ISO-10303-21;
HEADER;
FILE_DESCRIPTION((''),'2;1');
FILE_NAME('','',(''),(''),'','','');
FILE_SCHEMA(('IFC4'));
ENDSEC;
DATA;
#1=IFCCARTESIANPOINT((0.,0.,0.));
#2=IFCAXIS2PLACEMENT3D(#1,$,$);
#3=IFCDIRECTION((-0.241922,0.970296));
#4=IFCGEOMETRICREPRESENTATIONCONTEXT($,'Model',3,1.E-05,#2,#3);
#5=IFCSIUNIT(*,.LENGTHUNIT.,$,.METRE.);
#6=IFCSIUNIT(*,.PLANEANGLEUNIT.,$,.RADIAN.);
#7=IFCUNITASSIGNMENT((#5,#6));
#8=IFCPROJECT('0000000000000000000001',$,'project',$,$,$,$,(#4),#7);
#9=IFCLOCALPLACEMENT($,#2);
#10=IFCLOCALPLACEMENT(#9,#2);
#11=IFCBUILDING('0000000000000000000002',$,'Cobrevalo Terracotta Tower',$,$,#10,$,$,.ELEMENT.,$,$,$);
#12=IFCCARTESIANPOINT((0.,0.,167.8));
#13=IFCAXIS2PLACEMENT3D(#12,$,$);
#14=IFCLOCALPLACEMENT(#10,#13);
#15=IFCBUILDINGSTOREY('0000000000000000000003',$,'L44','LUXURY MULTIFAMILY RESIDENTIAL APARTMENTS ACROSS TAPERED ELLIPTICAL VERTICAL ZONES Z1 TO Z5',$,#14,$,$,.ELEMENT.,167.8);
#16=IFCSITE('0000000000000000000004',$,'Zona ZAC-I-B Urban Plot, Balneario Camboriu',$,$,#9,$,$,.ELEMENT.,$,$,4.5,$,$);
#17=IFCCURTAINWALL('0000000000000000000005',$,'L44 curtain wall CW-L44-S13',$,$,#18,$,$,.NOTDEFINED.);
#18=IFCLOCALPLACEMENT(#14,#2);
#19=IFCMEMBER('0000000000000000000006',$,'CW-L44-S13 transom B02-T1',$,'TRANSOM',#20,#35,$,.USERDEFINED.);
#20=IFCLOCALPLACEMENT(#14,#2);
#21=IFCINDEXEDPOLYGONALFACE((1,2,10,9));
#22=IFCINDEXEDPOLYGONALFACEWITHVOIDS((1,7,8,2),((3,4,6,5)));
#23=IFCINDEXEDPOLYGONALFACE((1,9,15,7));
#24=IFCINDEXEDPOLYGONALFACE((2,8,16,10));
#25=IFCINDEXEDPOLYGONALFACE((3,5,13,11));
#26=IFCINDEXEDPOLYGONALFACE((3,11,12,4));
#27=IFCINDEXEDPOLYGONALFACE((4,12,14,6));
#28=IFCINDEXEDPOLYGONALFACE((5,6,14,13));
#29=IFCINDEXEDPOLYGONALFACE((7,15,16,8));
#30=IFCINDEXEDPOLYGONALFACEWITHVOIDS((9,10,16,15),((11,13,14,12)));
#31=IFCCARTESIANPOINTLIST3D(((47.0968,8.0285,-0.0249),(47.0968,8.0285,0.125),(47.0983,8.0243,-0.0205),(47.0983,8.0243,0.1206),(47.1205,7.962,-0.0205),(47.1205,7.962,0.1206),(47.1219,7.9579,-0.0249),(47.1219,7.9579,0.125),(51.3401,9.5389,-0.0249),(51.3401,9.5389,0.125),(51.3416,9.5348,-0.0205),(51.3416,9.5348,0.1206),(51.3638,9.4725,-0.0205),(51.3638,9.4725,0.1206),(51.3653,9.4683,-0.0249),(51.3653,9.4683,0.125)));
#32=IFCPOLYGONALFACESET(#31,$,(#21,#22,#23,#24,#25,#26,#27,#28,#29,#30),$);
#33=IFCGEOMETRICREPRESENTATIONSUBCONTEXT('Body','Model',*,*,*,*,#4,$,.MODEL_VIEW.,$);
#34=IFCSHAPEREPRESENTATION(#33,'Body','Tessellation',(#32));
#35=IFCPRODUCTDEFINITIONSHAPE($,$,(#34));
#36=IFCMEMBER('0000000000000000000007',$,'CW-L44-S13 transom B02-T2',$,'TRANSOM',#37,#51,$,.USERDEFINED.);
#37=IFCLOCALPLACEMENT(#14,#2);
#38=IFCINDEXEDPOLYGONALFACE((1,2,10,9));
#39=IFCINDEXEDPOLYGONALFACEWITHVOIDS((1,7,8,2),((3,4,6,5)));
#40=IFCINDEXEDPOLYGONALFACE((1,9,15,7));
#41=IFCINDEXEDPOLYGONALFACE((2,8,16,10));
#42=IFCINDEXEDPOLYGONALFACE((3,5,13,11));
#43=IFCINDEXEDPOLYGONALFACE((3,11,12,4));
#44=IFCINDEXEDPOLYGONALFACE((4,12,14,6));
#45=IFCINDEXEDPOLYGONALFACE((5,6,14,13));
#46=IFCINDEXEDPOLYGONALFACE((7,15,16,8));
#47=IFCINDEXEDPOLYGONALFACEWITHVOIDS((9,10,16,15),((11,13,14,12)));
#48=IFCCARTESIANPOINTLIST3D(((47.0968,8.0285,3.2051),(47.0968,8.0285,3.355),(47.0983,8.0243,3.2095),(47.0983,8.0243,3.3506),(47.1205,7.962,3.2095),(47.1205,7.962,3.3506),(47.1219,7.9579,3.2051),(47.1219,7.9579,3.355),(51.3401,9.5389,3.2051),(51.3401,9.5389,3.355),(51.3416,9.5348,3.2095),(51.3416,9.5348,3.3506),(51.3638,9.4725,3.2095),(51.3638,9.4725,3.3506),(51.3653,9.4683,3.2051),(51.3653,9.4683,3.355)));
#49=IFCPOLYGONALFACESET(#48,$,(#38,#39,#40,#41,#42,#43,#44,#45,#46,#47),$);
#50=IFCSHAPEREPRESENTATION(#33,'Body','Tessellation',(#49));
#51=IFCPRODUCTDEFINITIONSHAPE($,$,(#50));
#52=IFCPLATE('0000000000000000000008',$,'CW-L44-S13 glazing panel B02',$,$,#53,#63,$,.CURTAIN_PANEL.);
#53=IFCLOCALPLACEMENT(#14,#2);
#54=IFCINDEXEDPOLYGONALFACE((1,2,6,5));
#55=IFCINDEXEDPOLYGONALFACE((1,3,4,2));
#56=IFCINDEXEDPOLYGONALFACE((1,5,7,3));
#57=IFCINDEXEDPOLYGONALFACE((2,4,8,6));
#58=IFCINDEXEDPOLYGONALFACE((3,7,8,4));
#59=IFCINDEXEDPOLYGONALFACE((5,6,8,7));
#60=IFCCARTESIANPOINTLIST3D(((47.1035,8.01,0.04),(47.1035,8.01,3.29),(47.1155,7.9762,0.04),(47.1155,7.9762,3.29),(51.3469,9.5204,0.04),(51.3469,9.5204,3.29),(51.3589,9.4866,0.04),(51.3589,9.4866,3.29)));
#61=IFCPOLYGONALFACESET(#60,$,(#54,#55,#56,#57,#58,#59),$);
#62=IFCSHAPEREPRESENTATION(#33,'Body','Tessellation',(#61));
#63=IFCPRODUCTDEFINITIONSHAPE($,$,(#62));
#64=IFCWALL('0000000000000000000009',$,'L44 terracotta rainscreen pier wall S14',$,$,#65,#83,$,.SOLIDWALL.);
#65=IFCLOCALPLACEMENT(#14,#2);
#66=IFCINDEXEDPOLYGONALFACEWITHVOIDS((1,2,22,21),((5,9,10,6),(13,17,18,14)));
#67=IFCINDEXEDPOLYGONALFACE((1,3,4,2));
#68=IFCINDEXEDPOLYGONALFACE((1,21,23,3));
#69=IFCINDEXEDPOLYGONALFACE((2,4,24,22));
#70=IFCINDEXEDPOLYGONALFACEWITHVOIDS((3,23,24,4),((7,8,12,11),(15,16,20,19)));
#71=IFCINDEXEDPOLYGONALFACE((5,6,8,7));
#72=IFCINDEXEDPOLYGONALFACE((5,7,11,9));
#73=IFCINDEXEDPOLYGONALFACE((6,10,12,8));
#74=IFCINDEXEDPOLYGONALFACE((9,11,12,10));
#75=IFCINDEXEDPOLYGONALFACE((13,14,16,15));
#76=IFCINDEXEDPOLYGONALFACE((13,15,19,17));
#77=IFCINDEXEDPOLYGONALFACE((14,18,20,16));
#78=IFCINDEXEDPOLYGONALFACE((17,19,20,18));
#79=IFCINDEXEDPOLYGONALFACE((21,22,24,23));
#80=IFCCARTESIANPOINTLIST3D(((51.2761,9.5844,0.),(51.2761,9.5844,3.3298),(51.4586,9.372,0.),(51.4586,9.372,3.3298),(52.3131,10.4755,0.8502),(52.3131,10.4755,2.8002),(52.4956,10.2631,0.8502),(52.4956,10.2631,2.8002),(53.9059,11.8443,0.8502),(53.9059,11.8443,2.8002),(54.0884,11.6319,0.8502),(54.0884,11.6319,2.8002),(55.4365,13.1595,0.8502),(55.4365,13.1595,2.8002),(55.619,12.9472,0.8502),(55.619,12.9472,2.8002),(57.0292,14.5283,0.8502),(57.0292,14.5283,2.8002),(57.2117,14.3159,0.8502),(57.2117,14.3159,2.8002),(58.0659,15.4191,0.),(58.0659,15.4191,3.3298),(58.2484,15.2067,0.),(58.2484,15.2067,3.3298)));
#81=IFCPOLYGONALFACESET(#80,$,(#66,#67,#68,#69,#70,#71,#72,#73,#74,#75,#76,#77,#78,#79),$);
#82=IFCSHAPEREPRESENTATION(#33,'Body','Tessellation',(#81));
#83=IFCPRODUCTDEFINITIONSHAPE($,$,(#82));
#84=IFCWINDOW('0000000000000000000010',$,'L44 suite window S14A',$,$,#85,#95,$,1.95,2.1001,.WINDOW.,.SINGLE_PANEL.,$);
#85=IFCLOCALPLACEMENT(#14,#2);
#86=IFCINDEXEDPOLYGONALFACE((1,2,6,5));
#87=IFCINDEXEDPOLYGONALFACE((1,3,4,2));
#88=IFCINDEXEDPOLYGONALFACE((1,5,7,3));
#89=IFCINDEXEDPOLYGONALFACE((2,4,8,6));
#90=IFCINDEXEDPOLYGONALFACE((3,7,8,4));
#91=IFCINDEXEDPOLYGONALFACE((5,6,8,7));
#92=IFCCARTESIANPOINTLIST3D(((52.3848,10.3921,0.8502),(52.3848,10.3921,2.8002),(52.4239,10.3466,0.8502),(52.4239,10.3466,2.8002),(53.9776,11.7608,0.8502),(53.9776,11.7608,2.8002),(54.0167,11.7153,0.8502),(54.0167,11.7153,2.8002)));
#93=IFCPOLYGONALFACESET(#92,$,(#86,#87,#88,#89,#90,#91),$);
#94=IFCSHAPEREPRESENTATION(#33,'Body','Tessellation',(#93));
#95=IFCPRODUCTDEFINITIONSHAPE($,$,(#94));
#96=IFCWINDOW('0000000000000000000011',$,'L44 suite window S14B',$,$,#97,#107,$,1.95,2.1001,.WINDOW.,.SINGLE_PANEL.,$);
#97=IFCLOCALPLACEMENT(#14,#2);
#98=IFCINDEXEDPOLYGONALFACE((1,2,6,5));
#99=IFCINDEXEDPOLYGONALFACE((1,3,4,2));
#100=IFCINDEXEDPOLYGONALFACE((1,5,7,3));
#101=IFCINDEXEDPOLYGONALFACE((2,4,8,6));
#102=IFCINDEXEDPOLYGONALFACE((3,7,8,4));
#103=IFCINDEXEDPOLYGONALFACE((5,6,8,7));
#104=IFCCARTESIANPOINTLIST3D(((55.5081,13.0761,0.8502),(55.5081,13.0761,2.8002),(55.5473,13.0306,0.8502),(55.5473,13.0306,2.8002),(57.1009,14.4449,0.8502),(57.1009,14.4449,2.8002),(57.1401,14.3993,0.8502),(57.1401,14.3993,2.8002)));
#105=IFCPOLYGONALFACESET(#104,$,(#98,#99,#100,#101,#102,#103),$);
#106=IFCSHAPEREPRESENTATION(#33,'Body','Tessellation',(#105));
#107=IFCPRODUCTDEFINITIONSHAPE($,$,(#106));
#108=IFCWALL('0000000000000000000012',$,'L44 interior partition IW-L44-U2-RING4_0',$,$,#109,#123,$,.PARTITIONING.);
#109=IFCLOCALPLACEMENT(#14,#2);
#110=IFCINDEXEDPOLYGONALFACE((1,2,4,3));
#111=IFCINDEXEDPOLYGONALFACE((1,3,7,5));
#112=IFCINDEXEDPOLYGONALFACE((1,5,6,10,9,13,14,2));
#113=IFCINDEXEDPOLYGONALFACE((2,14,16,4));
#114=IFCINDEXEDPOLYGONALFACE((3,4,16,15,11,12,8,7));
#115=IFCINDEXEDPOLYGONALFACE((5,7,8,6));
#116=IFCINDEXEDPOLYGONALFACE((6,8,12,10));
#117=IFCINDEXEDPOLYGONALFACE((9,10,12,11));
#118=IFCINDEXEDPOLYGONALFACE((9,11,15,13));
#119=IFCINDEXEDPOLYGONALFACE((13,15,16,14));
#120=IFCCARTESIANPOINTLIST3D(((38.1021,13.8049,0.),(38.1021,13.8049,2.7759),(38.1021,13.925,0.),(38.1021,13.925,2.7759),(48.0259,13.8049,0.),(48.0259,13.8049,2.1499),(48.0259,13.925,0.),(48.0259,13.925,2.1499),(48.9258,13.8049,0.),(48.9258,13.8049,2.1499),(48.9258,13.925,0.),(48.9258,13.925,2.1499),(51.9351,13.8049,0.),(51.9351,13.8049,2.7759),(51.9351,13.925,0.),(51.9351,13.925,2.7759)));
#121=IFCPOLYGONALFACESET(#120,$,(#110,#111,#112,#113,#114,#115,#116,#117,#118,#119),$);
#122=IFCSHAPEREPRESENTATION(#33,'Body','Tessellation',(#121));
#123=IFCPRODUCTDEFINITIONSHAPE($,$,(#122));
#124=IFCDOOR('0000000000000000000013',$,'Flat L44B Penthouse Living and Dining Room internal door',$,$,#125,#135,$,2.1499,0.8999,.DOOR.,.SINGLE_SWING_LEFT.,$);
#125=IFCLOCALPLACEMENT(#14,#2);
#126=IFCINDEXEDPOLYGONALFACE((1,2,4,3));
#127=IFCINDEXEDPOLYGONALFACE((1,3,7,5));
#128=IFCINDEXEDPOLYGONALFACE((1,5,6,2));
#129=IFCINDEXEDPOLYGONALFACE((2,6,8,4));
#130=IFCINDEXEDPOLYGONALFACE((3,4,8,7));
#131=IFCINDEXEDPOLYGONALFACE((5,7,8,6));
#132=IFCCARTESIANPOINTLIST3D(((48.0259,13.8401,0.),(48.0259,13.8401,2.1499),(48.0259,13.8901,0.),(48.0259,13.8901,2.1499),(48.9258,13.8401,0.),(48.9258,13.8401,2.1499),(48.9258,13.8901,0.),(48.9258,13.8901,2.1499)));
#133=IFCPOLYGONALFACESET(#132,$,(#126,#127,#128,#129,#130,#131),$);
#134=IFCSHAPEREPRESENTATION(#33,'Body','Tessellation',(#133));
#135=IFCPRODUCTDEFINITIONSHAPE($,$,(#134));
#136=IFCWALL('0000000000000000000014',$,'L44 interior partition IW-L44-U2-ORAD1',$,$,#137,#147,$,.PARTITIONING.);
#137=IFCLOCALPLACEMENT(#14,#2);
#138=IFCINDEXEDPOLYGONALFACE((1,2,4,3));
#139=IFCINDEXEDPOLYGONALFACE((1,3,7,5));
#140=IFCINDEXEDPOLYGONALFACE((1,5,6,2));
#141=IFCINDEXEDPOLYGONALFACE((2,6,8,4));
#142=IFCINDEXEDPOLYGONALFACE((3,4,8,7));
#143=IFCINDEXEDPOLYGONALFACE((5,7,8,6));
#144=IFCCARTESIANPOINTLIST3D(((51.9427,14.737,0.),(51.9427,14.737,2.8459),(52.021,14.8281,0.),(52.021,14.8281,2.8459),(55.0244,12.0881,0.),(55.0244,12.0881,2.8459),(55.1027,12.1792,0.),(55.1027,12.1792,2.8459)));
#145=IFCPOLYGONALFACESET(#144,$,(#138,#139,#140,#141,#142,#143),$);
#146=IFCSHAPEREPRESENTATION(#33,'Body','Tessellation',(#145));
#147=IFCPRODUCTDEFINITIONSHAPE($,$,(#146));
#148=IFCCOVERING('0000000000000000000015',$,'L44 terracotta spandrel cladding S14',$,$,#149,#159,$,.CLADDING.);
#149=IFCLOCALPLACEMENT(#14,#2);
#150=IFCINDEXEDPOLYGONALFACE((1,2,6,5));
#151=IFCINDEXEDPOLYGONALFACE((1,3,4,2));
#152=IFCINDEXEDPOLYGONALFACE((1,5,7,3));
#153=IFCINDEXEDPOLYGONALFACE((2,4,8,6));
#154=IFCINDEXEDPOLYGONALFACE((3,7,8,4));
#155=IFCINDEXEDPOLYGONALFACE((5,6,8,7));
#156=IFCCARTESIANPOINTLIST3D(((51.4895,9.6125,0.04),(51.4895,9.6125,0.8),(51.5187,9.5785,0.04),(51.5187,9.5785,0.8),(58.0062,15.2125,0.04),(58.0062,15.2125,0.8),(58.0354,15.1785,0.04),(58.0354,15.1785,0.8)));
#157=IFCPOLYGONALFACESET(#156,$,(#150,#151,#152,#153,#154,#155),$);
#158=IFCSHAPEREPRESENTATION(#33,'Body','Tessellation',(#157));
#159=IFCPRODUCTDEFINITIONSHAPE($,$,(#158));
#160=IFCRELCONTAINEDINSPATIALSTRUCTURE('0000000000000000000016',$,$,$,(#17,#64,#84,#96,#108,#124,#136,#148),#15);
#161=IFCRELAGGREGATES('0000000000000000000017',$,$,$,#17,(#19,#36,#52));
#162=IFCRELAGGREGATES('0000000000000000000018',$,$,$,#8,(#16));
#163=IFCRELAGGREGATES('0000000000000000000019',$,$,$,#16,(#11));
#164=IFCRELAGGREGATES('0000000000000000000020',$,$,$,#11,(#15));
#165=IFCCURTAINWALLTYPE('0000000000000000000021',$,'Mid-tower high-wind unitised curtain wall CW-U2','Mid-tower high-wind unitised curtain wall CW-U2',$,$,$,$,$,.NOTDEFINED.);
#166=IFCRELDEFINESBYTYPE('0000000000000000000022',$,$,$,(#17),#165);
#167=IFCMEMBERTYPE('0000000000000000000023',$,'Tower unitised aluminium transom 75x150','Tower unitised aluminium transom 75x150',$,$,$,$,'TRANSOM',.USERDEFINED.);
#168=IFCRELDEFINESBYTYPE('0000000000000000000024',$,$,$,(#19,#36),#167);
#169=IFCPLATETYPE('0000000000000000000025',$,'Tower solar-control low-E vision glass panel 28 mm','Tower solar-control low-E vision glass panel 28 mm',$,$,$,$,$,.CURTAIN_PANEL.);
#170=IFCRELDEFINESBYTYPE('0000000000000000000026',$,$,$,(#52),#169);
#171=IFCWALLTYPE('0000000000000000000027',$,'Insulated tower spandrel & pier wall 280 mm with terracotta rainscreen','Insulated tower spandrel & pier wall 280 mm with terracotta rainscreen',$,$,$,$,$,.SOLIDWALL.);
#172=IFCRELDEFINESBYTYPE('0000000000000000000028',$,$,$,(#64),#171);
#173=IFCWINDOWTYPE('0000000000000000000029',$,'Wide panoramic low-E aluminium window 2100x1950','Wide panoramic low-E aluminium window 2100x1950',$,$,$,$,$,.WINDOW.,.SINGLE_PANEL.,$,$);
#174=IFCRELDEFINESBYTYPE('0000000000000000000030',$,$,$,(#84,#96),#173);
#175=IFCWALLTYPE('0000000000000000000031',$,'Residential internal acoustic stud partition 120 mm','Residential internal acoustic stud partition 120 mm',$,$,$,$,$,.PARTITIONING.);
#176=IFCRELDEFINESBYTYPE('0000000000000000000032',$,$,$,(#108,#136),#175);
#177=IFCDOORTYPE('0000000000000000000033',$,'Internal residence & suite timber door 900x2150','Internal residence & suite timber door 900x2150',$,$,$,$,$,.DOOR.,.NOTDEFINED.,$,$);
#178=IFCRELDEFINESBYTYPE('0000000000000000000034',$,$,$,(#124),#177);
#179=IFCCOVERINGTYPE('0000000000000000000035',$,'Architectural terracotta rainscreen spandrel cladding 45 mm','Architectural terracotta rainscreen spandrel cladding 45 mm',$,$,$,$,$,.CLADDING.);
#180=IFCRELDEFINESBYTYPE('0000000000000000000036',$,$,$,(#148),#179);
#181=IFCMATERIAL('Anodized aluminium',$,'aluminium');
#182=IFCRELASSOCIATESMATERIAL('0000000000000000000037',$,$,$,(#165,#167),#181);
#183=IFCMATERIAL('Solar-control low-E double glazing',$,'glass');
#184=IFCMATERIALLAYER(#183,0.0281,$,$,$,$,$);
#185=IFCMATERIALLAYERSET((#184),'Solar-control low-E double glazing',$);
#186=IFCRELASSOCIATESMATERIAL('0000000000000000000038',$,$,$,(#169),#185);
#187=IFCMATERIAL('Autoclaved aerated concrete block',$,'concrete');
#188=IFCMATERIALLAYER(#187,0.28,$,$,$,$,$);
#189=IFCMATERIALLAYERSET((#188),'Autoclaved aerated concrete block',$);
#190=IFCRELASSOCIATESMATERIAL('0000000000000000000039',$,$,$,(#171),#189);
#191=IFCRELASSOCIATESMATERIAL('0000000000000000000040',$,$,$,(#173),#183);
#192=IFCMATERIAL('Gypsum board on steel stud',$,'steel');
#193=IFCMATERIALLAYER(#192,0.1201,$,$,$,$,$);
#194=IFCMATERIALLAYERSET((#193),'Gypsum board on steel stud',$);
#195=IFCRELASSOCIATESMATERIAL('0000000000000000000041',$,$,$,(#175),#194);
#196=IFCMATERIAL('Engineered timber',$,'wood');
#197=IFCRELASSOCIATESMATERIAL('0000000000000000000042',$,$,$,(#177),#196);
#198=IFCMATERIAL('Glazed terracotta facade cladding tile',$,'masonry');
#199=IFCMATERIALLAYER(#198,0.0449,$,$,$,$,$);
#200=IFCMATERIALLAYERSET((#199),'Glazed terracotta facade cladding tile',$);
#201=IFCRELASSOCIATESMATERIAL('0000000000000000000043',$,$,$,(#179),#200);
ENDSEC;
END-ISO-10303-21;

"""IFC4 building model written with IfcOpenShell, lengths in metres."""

from ifc_helpers import new_model, si_unit, direction, frame, frame_2d, origin, origin_2d, place, context, subcontext, project, spatial, rectangle, hollow_rectangle, extrude, source, transform, mapped, material, layer, layer_set, material_profile, profile_set, type_object, element, fill, aggregate, save


model = new_model("IFC4")

# Units and contexts
model_context = context("Model", 3, precision=1e-05, world=origin(), true_north=direction((-0.241922, 0.970296)))
body_context = subcontext(model_context, "Body", "Model", "MODEL_VIEW")
ifc_project = project(units=[si_unit("LENGTHUNIT", "METRE"), si_unit("PLANEANGLEUNIT", "RADIAN")], contexts=[model_context])

# Site, building, storey
site_placement = place(None, origin())
site = spatial("IfcSite", under=ifc_project, at=site_placement, Name="Zona ZAC-I-B Urban Plot, Balneario Camboriu", CompositionType="ELEMENT", RefElevation=4.5)
building_placement = place(site_placement, origin())
building = spatial("IfcBuilding", under=site, at=building_placement, Name="Cobrevalo Terracotta Tower", CompositionType="ELEMENT")
storey_placement = place(building_placement, frame((0.0, 0.0, 167.8)))
storey = spatial("IfcBuildingStorey", under=building, at=storey_placement, Name="L44", Description="LUXURY MULTIFAMILY RESIDENTIAL APARTMENTS ACROSS TAPERED ELLIPTICAL VERTICAL ZONES Z1 TO Z5", CompositionType="ELEMENT", Elevation=167.8)

# Curtain wall
ifc_material_1 = material(Name="Anodized aluminium", Category="aluminium")
curtain_wall_type = type_object("IfcCurtainWallType", Name="Mid-tower high-wind unitised curtain wall CW-U2", Description="Mid-tower high-wind unitised curtain wall CW-U2", PredefinedType="NOTDEFINED", material=ifc_material_1)
ifc_material_profile_1 = material_profile(ifc_material_1, hollow_rectangle(XDim=0.075, YDim=0.1499, WallThickness=0.0044, at=origin_2d()), Name="CWT 75x150")
ifc_profile_set_1 = profile_set([ifc_material_profile_1], Name="Anodized aluminium")
member_type_1 = type_object("IfcMemberType", Name="Tower unitised aluminium transom 75x150", Description="Tower unitised aluminium transom 75x150", ElementType="TRANSOM", PredefinedType="USERDEFINED", material=ifc_profile_set_1)
curtain_wall_1_placement = place(storey_placement, origin())
curtain_wall_1 = element("IfcCurtainWall", 1, at=curtain_wall_1_placement, inside=storey, type_object=curtain_wall_type, Name="L44 curtain wall CW-L44-S13", PredefinedType="NOTDEFINED")

# Members
shared_shape_1 = source(origin(), body_context, "Body", "SweptSolid", [
    extrude(hollow_rectangle(XDim=0.075, YDim=0.1499, WallThickness=0.0044, at=origin_2d()), origin(), (0.0, 0.0, 1.0), 4.5042),
])
member_1_placement = place(storey_placement, frame((47.1094, 7.9932, 0.05), z_axis=(0.942093, 0.335351, 0.0), x_axis=(-0.335351, 0.942093, 0.0)))
member_1 = element("IfcMember", 2, at=member_1_placement, type_object=member_type_1, Name="CW-L44-S13 transom B02-T1", ObjectType="TRANSOM", PredefinedType="USERDEFINED", context=body_context, shape_type="MappedRepresentation", body=[
    mapped(shared_shape_1, transform((0.0, 0.0, 0.0), scale=1.0)),
])
member_2_placement = place(storey_placement, frame((47.1094, 7.9932, 3.28), z_axis=(0.942093, 0.335351, 0.0), x_axis=(-0.335351, 0.942093, 0.0)))
member_2 = element("IfcMember", 3, at=member_2_placement, type_object=member_type_1, Name="CW-L44-S13 transom B02-T2", ObjectType="TRANSOM", PredefinedType="USERDEFINED", context=body_context, shape_type="MappedRepresentation", body=[
    mapped(shared_shape_1, transform((0.0, 0.0, 0.0), scale=1.0)),
])

# Plate
ifc_material_2 = material(Name="Solar-control low-E double glazing", Category="glass")
ifc_layer_1 = layer(ifc_material_2, 0.0281)
ifc_layer_set_1 = layer_set([ifc_layer_1], Name="Solar-control low-E double glazing")
plate_type = type_object("IfcPlateType", Name="Tower solar-control low-E vision glass panel 28 mm", Description="Tower solar-control low-E vision glass panel 28 mm", PredefinedType="CURTAIN_PANEL", material=ifc_layer_set_1)
shared_shape_2 = source(origin(), body_context, "Body", "SweptSolid", [
    extrude(rectangle(XDim=4.5042, YDim=0.0359, at=origin_2d()), origin(), (0.0, 0.0, 1.0), 3.25),
])
plate_placement = place(storey_placement, frame((49.2312, 8.7483, 0.04), z_axis=(0.0, 0.0, 1.0), x_axis=(0.942098, 0.335336, 0.0)))
plate = element("IfcPlate", 4, at=plate_placement, type_object=plate_type, Name="CW-L44-S13 glazing panel B02", PredefinedType="CURTAIN_PANEL", context=body_context, shape_type="MappedRepresentation", body=[
    mapped(shared_shape_2, transform((0.0, 0.0, 0.0), scale=1.0)),
])
aggregate(curtain_wall_1, [member_1, member_2, plate])

# Wall, openings, windows
ifc_material_3 = material(Name="Autoclaved aerated concrete block", Category="concrete")
ifc_layer_2 = layer(ifc_material_3, 0.28)
ifc_layer_set_2 = layer_set([ifc_layer_2], Name="Autoclaved aerated concrete block")
wall_type_1 = type_object("IfcWallType", Name="Insulated tower spandrel & pier wall 280 mm with terracotta rainscreen", Description="Insulated tower spandrel & pier wall 280 mm with terracotta rainscreen", PredefinedType="SOLIDWALL", material=ifc_layer_set_2)
wall_1_placement = place(storey_placement, frame((51.3674, 9.4783, 0.0), z_axis=(0.0, 0.0, 1.0), x_axis=(0.758434, 0.65175, 0.0)))
wall_1 = element("IfcWall", 5, at=wall_1_placement, inside=storey, type_object=wall_type_1, Name="L44 terracotta rainscreen pier wall S14", PredefinedType="SOLIDWALL", context=body_context, shape_type="SweptSolid", body=[
    extrude(rectangle(XDim=8.9524, YDim=0.28, at=frame_2d((4.4761, 0.0))), origin(), (0.0, 0.0, 1.0), 3.3298),
])
opening_1_placement = place(wall_1_placement, frame((1.3672, 0.0, 0.8501)))
opening_1 = element("IfcOpeningElement", 6, at=opening_1_placement, cuts=wall_1, PredefinedType="OPENING", context=body_context, shape_type="SweptSolid", body=[
    extrude(rectangle(XDim=2.1001, YDim=1.95, at=frame_2d((1.05, 0.9751))), frame((0.0, 0.1499, 0.0), z_axis=(0.0, -1.0, 0.0), x_axis=(1.0, 0.0, 0.0)), (0.0, 0.0, 1.0), 0.3),
])
opening_2_placement = place(wall_1_placement, frame((5.4854, 0.0, 0.8501)))
opening_2 = element("IfcOpeningElement", 7, at=opening_2_placement, cuts=wall_1, PredefinedType="OPENING", context=body_context, shape_type="SweptSolid", body=[
    extrude(rectangle(XDim=2.1001, YDim=1.95, at=frame_2d((1.05, 0.9751))), frame((0.0, 0.1499, 0.0), z_axis=(0.0, -1.0, 0.0), x_axis=(1.0, 0.0, 0.0)), (0.0, 0.0, 1.0), 0.3),
])
window_type = type_object("IfcWindowType", Name="Wide panoramic low-E aluminium window 2100x1950", Description="Wide panoramic low-E aluminium window 2100x1950", PartitioningType="SINGLE_PANEL", PredefinedType="WINDOW", material=ifc_material_2)
shared_shape_3 = source(origin(), body_context, "Body", "SweptSolid", [
    extrude(rectangle(XDim=2.1001, YDim=1.95, at=frame_2d((1.05, 0.9751))), frame((0.0, 0.03, 0.0), z_axis=(0.0, -1.0, 0.0), x_axis=(1.0, 0.0, 0.0)), (0.0, 0.0, 1.0), 0.0601),
])
window_1_placement = place(opening_1_placement, origin())
window_1 = element("IfcWindow", 8, at=window_1_placement, inside=storey, type_object=window_type, Name="L44 suite window S14A", OverallHeight=1.95, OverallWidth=2.1001, PartitioningType="SINGLE_PANEL", PredefinedType="WINDOW", context=body_context, shape_type="MappedRepresentation", body=[
    mapped(shared_shape_3, transform((0.0, 0.0, 0.0), scale=1.0)),
])
fill(opening_1, window_1)
window_2_placement = place(opening_2_placement, origin())
window_2 = element("IfcWindow", 9, at=window_2_placement, inside=storey, type_object=window_type, Name="L44 suite window S14B", OverallHeight=1.95, OverallWidth=2.1001, PartitioningType="SINGLE_PANEL", PredefinedType="WINDOW", context=body_context, shape_type="MappedRepresentation", body=[
    mapped(shared_shape_3, transform((0.0, 0.0, 0.0), scale=1.0)),
])
fill(opening_2, window_2)

# Wall, opening, door
ifc_material_4 = material(Name="Gypsum board on steel stud", Category="steel")
ifc_layer_3 = layer(ifc_material_4, 0.1201)
ifc_layer_set_3 = layer_set([ifc_layer_3], Name="Gypsum board on steel stud")
wall_type_2 = type_object("IfcWallType", Name="Residential internal acoustic stud partition 120 mm", Description="Residential internal acoustic stud partition 120 mm", PredefinedType="PARTITIONING", material=ifc_layer_set_3)
wall_2_placement = place(storey_placement, frame((51.9351, 13.865, 0.0), z_axis=(0.0, 0.0, 1.0), x_axis=(-1.0, 0.0, 0.0)))
wall_2 = element("IfcWall", 10, at=wall_2_placement, inside=storey, type_object=wall_type_2, Name="L44 interior partition IW-L44-U2-RING4_0", PredefinedType="PARTITIONING", context=body_context, shape_type="SweptSolid", body=[
    extrude(rectangle(XDim=13.833, YDim=0.1201, at=frame_2d((6.9165, 0.0))), origin(), (0.0, 0.0, 1.0), 2.7759),
])
opening_3_placement = place(wall_2_placement, frame((3.0093, 0.0, 0.0)))
opening_3 = element("IfcOpeningElement", 11, at=opening_3_placement, cuts=wall_2, PredefinedType="OPENING", context=body_context, shape_type="SweptSolid", body=[
    extrude(rectangle(XDim=0.8999, YDim=2.1499, at=frame_2d((0.45, 1.075))), frame((0.0, 0.0701, 0.0), z_axis=(0.0, -1.0, 0.0), x_axis=(1.0, 0.0, 0.0)), (0.0, 0.0, 1.0), 0.1401),
])
ifc_material_5 = material(Name="Engineered timber", Category="wood")
door_type = type_object("IfcDoorType", Name="Internal residence & suite timber door 900x2150", Description="Internal residence & suite timber door 900x2150", OperationType="NOTDEFINED", PredefinedType="DOOR", material=ifc_material_5)
shared_shape_4 = source(origin(), body_context, "Body", "SweptSolid", [
    extrude(rectangle(XDim=0.8999, YDim=2.1499, at=frame_2d((0.45, 1.075))), frame((0.0, 0.0249, 0.0), z_axis=(0.0, -1.0, 0.0), x_axis=(1.0, 0.0, 0.0)), (0.0, 0.0, 1.0), 0.05),
])
door_placement = place(opening_3_placement, origin())
door = element("IfcDoor", 12, at=door_placement, inside=storey, type_object=door_type, Name="Flat L44B Penthouse Living and Dining Room internal door", OperationType="SINGLE_SWING_LEFT", OverallHeight=2.1499, OverallWidth=0.8999, PredefinedType="DOOR", context=body_context, shape_type="MappedRepresentation", body=[
    mapped(shared_shape_4, transform((0.0, 0.0, 0.0), scale=1.0)),
])
fill(opening_3, door)

# Wall
wall_3_placement = place(storey_placement, frame((51.9819, 14.7825, 0.0), z_axis=(0.0, 0.0, 1.0), x_axis=(0.758357, -0.65184, 0.0)))
element("IfcWall", 13, at=wall_3_placement, inside=storey, type_object=wall_type_2, Name="L44 interior partition IW-L44-U2-ORAD1", PredefinedType="PARTITIONING", context=body_context, shape_type="SweptSolid", body=[
    extrude(rectangle(XDim=4.0637, YDim=0.1201, at=frame_2d((2.0317, 0.0))), origin(), (0.0, 0.0, 1.0), 2.8459),
])

# Covering
ifc_material_6 = material(Name="Glazed terracotta facade cladding tile", Category="masonry")
ifc_layer_4 = layer(ifc_material_6, 0.0449)
ifc_layer_set_4 = layer_set([ifc_layer_4], Name="Glazed terracotta facade cladding tile")
covering_type = type_object("IfcCoveringType", Name="Architectural terracotta rainscreen spandrel cladding 45 mm", Description="Architectural terracotta rainscreen spandrel cladding 45 mm", PredefinedType="CLADDING", material=ifc_layer_set_4)
shared_shape_5 = source(origin(), body_context, "Body", "SweptSolid", [
    extrude(rectangle(XDim=8.5923, YDim=0.0449, at=origin_2d()), origin(), (0.0, 0.0, 1.0), 0.76),
])
covering_placement = place(storey_placement, frame((54.7625, 12.3955, 0.04), z_axis=(0.0, 0.0, 1.0), x_axis=(0.758437, 0.651746, 0.0)))
element("IfcCovering", 14, at=covering_placement, inside=storey, type_object=covering_type, Name="L44 terracotta spandrel cladding S14", PredefinedType="CLADDING", context=body_context, shape_type="MappedRepresentation", body=[
    mapped(shared_shape_5, transform((0.0, 0.0, 0.0), scale=1.0)),
])

save(model, "model.ifc")
